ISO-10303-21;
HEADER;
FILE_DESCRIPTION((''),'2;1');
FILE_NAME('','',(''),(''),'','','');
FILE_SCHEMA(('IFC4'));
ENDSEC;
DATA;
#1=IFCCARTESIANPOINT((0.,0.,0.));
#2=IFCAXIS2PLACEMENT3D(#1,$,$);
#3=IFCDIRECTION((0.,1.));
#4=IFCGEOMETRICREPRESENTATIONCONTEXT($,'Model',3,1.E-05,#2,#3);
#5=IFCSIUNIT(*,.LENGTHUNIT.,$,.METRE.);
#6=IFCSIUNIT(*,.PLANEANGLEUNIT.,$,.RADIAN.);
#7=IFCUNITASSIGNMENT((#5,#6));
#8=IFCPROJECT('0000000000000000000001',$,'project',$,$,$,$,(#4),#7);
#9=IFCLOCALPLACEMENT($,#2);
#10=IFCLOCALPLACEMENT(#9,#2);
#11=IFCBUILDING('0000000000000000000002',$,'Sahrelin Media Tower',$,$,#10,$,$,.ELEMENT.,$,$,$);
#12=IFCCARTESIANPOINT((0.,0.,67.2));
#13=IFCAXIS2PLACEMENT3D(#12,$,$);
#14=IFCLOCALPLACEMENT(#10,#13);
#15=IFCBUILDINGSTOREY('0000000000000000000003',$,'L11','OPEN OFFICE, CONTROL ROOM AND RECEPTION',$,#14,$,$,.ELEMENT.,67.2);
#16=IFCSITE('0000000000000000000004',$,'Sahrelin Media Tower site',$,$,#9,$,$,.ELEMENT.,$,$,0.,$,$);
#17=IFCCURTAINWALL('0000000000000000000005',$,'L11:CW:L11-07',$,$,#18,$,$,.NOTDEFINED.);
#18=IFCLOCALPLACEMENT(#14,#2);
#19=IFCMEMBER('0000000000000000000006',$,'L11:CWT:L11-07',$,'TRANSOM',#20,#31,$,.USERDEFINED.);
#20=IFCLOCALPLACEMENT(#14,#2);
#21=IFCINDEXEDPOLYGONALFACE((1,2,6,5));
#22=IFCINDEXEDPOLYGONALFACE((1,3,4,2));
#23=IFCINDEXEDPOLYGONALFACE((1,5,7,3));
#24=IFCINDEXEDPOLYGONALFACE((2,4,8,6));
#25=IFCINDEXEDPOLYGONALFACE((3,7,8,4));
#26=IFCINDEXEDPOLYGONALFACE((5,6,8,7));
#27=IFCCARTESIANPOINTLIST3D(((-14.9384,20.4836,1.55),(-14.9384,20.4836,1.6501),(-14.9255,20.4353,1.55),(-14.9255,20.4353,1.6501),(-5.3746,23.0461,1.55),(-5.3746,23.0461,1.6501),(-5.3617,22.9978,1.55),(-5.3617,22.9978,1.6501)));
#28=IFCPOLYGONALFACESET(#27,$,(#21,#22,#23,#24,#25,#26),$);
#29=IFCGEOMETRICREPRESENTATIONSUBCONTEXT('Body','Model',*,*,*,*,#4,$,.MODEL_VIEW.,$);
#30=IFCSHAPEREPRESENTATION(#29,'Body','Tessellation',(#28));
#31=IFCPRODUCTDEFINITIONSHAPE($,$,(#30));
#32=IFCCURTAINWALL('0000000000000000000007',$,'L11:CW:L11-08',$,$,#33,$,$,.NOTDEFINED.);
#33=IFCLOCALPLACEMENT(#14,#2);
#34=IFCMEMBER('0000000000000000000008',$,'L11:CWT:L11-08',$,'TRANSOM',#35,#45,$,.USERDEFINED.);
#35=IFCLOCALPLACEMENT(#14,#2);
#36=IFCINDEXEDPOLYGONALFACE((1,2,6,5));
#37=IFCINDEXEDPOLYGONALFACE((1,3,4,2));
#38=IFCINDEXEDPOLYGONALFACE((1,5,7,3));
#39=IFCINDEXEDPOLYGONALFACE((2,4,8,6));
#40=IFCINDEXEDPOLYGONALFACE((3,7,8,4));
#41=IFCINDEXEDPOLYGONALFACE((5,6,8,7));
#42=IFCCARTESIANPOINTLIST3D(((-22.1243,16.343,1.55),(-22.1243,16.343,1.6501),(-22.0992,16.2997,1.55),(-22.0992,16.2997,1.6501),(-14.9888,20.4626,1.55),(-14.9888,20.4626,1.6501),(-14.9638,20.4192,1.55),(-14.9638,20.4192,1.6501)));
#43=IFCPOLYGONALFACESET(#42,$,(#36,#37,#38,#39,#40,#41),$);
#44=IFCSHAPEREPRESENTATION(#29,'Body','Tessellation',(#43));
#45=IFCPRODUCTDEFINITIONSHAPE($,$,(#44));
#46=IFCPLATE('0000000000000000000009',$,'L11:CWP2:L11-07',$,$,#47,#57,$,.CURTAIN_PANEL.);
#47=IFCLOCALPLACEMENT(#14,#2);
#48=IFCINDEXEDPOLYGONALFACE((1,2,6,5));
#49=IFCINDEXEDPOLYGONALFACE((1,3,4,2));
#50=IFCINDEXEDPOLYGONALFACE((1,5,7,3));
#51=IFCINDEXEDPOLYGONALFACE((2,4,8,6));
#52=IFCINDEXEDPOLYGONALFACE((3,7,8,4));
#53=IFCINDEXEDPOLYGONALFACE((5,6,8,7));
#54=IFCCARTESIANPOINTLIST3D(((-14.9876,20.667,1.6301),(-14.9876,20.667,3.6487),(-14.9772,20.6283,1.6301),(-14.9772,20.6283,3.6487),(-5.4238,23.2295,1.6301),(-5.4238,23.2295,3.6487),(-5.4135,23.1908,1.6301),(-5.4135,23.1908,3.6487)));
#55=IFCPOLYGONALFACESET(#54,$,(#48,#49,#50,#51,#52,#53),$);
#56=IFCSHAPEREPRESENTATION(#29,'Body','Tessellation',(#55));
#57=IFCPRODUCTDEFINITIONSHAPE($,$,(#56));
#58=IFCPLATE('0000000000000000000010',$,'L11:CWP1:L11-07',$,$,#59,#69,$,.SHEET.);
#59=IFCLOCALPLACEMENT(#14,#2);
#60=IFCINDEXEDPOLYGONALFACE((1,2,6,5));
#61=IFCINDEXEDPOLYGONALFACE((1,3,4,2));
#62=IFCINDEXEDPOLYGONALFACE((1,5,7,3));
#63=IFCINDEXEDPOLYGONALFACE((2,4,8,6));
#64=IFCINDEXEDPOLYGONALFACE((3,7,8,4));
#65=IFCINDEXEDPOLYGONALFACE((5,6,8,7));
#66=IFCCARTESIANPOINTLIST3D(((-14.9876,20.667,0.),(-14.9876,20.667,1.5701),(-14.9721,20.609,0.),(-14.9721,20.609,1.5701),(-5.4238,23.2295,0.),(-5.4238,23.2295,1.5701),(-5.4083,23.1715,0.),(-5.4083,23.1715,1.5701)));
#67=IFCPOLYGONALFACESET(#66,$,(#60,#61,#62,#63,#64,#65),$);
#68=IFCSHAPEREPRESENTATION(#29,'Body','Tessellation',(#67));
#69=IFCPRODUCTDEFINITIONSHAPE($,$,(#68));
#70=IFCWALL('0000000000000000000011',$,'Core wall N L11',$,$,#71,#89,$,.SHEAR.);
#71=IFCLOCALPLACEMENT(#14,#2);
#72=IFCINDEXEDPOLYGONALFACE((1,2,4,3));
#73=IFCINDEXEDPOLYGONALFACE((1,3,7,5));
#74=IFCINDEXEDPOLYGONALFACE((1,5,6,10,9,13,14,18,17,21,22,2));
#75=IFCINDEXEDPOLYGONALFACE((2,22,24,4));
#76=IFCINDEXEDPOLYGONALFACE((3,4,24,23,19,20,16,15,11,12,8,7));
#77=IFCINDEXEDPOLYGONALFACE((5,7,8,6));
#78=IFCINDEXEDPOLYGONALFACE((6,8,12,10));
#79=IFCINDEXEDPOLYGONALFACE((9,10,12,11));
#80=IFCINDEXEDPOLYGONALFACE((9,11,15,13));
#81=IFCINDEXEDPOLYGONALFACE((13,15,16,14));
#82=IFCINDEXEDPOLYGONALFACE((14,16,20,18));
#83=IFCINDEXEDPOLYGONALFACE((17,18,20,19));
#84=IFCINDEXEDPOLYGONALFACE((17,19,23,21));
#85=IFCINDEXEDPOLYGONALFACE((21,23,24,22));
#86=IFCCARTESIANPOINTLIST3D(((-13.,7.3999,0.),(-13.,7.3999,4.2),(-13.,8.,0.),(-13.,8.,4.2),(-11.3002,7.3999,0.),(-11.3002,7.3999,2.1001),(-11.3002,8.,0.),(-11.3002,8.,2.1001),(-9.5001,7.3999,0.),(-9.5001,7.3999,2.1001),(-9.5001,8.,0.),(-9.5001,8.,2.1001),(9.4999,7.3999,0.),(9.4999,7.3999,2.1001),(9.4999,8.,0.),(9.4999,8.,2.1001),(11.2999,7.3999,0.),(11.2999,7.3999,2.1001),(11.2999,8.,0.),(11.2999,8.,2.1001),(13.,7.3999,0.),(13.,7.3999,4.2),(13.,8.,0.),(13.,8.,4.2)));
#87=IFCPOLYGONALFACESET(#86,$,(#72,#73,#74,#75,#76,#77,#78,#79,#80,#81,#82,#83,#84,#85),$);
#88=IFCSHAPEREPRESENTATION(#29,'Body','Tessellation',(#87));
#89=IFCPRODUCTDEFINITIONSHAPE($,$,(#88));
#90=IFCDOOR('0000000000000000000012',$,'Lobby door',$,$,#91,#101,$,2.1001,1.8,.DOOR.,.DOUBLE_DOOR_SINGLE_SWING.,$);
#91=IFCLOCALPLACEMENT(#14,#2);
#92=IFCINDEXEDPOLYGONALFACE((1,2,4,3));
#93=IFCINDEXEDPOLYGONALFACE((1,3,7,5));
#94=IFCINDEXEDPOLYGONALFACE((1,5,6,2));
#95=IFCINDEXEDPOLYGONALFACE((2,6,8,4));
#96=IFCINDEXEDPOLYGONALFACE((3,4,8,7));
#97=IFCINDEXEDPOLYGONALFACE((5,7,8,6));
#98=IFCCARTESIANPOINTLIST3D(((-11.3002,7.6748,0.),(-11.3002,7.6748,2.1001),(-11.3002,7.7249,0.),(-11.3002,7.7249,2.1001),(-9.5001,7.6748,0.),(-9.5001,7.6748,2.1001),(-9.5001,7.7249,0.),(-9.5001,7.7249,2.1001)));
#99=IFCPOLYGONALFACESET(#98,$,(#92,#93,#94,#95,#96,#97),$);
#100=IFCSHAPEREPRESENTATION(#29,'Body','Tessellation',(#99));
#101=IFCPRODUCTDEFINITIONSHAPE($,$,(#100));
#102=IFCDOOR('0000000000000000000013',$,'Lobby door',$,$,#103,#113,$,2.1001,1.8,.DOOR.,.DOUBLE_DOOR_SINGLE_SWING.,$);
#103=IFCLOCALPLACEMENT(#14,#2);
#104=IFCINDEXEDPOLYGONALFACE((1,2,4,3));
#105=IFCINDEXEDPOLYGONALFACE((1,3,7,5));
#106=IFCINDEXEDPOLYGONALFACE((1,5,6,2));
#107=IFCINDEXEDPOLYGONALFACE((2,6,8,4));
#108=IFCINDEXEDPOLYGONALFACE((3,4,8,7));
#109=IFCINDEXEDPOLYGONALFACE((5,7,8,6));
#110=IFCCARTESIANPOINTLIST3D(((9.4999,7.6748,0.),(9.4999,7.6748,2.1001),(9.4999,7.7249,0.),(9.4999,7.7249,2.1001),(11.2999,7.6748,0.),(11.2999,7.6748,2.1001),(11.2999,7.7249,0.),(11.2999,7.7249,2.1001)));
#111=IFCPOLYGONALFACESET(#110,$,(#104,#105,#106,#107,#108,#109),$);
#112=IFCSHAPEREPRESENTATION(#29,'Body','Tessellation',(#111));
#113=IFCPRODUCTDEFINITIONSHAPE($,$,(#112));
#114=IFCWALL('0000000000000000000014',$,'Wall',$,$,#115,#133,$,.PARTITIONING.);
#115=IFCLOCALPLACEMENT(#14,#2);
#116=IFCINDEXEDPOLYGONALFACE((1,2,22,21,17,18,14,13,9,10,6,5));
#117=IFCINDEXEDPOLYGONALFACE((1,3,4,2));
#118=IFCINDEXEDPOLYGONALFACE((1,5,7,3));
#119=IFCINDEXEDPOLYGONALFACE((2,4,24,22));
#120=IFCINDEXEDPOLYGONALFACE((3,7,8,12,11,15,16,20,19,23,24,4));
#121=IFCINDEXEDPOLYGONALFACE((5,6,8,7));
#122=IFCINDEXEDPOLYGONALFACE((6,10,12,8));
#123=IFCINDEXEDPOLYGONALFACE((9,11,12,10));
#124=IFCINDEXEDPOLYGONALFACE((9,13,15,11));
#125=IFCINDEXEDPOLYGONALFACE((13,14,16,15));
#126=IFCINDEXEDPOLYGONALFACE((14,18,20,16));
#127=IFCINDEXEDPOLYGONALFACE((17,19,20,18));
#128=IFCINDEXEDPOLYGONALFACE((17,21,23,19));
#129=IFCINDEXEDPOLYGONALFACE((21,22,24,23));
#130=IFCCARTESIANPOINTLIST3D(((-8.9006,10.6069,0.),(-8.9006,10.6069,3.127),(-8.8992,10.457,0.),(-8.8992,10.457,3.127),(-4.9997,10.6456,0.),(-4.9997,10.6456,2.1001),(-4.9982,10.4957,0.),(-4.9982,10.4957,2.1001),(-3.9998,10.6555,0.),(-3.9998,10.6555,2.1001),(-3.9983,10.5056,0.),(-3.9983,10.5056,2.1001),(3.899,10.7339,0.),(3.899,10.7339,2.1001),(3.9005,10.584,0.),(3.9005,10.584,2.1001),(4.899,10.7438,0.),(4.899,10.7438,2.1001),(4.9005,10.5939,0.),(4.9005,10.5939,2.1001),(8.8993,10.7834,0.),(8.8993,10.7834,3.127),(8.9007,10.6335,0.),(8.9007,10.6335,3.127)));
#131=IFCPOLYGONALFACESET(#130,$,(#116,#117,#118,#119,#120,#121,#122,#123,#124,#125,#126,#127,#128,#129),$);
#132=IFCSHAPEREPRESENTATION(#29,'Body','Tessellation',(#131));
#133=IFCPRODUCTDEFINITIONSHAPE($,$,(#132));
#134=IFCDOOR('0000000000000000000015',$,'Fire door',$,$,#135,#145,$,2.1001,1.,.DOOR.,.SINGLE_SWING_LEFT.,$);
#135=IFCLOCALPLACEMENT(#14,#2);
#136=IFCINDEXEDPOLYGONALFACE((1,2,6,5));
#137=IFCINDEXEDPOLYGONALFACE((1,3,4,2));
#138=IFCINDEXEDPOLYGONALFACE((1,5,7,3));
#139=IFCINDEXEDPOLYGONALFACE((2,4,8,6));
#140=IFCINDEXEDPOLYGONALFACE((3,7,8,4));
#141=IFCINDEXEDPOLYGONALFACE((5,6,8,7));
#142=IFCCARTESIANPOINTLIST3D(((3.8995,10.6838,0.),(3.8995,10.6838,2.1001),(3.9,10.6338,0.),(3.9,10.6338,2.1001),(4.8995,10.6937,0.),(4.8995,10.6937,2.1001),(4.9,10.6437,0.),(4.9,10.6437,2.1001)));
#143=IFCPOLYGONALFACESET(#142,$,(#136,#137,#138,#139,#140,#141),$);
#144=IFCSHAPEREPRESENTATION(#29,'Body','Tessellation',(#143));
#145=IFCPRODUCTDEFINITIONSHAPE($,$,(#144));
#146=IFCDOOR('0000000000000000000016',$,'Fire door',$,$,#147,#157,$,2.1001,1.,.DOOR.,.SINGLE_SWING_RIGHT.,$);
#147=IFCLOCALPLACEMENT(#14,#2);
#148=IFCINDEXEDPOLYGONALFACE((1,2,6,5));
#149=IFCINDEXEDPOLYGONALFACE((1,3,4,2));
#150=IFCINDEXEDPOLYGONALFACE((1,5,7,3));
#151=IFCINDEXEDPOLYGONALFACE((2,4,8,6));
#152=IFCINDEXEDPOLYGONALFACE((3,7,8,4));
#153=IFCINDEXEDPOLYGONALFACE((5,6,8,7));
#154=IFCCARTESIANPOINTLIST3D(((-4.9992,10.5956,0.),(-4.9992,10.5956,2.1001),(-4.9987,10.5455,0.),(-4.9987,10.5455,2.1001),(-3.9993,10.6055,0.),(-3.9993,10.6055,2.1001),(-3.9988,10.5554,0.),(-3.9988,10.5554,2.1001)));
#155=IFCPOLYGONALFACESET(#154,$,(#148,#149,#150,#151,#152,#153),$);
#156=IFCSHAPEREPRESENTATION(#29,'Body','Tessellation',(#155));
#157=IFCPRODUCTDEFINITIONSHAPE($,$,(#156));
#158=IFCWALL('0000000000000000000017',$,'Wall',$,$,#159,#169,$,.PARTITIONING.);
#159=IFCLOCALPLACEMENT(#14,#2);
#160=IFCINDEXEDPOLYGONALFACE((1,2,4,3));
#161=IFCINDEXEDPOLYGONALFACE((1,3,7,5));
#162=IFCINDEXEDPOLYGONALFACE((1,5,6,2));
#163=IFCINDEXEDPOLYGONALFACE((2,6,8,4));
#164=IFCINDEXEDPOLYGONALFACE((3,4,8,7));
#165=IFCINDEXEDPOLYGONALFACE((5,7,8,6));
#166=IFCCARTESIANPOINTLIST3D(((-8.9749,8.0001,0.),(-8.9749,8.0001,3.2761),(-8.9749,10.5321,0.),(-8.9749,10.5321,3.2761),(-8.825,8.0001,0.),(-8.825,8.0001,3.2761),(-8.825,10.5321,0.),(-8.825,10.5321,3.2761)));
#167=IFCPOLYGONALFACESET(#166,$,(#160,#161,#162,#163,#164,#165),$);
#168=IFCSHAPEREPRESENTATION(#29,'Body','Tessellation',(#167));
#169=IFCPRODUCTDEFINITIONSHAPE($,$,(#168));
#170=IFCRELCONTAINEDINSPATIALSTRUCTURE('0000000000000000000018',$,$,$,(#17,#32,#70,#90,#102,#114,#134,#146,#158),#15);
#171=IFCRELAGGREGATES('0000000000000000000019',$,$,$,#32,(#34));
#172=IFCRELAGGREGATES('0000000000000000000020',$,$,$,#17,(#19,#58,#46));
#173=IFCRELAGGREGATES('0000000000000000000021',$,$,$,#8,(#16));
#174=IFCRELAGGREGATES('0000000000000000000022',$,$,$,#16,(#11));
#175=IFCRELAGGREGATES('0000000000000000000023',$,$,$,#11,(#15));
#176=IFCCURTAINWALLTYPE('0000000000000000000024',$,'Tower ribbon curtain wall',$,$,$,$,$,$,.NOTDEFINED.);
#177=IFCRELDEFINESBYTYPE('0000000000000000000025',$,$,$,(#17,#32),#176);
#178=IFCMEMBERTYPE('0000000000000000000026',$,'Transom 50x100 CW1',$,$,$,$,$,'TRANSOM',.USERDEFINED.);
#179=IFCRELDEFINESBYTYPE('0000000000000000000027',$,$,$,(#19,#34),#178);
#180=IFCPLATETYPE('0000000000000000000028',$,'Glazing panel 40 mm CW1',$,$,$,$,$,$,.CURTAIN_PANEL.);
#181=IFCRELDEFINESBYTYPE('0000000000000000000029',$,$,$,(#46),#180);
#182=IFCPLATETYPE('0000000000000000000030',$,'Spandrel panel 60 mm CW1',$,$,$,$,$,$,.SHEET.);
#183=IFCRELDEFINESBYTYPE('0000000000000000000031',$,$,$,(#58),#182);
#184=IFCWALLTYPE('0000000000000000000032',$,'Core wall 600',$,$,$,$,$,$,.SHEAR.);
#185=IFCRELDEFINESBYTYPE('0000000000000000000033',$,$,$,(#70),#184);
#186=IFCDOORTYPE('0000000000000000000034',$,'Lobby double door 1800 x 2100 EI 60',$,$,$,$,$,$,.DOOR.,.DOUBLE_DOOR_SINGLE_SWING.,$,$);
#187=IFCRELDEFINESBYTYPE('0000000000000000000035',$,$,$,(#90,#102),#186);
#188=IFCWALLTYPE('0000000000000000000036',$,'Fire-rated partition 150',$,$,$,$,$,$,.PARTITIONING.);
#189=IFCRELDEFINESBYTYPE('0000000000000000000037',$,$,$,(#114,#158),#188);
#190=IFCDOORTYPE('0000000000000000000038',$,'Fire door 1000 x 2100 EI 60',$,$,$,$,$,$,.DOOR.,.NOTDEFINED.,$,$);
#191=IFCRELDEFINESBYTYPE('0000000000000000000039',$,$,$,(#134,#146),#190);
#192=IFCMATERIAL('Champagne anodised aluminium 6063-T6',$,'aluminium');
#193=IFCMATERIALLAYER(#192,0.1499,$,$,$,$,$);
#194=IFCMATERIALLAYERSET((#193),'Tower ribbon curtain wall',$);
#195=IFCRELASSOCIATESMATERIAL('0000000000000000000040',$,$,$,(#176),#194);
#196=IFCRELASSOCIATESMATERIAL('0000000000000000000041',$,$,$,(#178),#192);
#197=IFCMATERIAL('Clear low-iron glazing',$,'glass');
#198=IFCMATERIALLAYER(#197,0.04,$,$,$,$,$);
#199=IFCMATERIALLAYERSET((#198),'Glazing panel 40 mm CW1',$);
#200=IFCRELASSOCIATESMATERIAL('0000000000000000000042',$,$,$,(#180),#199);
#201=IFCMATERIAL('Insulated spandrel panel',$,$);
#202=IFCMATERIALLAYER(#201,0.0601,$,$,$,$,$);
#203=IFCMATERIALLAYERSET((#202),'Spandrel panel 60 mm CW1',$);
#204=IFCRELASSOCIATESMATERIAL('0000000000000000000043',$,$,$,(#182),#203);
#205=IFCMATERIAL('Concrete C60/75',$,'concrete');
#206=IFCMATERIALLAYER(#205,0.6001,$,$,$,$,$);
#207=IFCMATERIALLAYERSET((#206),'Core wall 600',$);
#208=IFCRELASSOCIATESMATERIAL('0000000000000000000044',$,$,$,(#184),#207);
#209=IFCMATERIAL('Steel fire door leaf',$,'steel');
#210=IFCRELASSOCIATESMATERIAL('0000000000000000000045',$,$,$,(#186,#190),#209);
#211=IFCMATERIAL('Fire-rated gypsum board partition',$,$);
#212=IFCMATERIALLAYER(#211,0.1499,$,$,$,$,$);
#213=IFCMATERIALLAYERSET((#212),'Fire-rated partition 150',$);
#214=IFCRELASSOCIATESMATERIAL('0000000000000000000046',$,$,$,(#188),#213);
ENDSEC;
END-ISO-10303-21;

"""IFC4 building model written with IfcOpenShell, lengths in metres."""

from ifc_helpers import new_model, si_unit, direction, frame, frame_2d, origin, origin_2d, place, context, subcontext, project, spatial, polyline, rectangle, outline, extrude, material, layer, layer_set, material_profile, profile_set, type_object, element, fill, aggregate, save


model = new_model("IFC4")

# Units and contexts
model_context = context("Model", 3, precision=1e-05, world=origin(), true_north=direction((0.0, 1.0)))
body_context = subcontext(model_context, "Body", "Model", "MODEL_VIEW")
ifc_project = project(units=[si_unit("LENGTHUNIT", "METRE"), si_unit("PLANEANGLEUNIT", "RADIAN")], contexts=[model_context])

# Site, building, storey
site_placement = place(None, origin())
site = spatial("IfcSite", under=ifc_project, at=site_placement, Name="Sahrelin Media Tower site", CompositionType="ELEMENT", RefElevation=0.0)
building_placement = place(site_placement, origin())
building = spatial("IfcBuilding", under=site, at=building_placement, Name="Sahrelin Media Tower", CompositionType="ELEMENT")
storey_placement = place(building_placement, frame((0.0, 0.0, 67.2)))
storey = spatial("IfcBuildingStorey", under=building, at=storey_placement, Name="L11", Description="OPEN OFFICE, CONTROL ROOM AND RECEPTION", CompositionType="ELEMENT", Elevation=67.2)

# Curtain wall
ifc_material_1 = material(Name="Champagne anodised aluminium 6063-T6", Category="aluminium")
ifc_layer_1 = layer(ifc_material_1, 0.1499)
ifc_layer_set_1 = layer_set([ifc_layer_1], Name="Tower ribbon curtain wall")
curtain_wall_type = type_object("IfcCurtainWallType", Name="Tower ribbon curtain wall", PredefinedType="NOTDEFINED", material=ifc_layer_set_1)
curtain_wall_1_placement = place(storey_placement, frame((-10.2004, 21.929, 0.0), z_axis=(0.0, 0.0, 1.0), x_axis=(1.0, 0.0, 0.0)))
curtain_wall_1 = element("IfcCurtainWall", 1, at=curtain_wall_1_placement, inside=storey, type_object=curtain_wall_type, Name="L11:CW:L11-07", PredefinedType="NOTDEFINED")

# Member
ifc_material_profile_1 = material_profile(ifc_material_1, rectangle(XDim=0.05, YDim=0.1001, at=origin_2d()), Name="Transom 50x100")
ifc_profile_set_1 = profile_set([ifc_material_profile_1], Name="Champagne anodised aluminium 6063-T6")
member_type_1 = type_object("IfcMemberType", Name="Transom 50x100 CW1", ElementType="TRANSOM", PredefinedType="USERDEFINED", material=ifc_profile_set_1)
member_1_placement = place(storey_placement, frame((-5.3682, 23.022, 1.6001), z_axis=(-0.965928, -0.25881, 0.0), x_axis=(0.25881, -0.965928, 0.0)))
member_1 = element("IfcMember", 2, at=member_1_placement, type_object=member_type_1, Name="L11:CWT:L11-07", ObjectType="TRANSOM", PredefinedType="USERDEFINED", context=body_context, shape_type="SweptSolid", body=[
    extrude(rectangle(XDim=0.05, YDim=0.1001, at=origin_2d()), origin(), (0.0, 0.0, 1.0), 9.9011),
])

# Curtain wall, member
curtain_wall_2_placement = place(storey_placement, frame((-18.6416, 18.5498, 0.0), z_axis=(0.0, 0.0, 1.0), x_axis=(1.0, 0.0, 0.0)))
curtain_wall_2 = element("IfcCurtainWall", 3, at=curtain_wall_2_placement, inside=storey, type_object=curtain_wall_type, Name="L11:CW:L11-08", PredefinedType="NOTDEFINED")
member_2_placement = place(storey_placement, frame((-14.9763, 20.4409, 1.6001), z_axis=(-0.866028, -0.499995, 0.0), x_axis=(0.499995, -0.866028, 0.0)))
member_2 = element("IfcMember", 4, at=member_2_placement, type_object=member_type_1, Name="L11:CWT:L11-08", ObjectType="TRANSOM", PredefinedType="USERDEFINED", context=body_context, shape_type="SweptSolid", body=[
    extrude(rectangle(XDim=0.05, YDim=0.1001, at=origin_2d()), origin(), (0.0, 0.0, 1.0), 8.2393),
])
aggregate(curtain_wall_2, [member_2])

# Plates
ifc_material_2 = material(Name="Clear low-iron glazing", Category="glass")
ifc_layer_2 = layer(ifc_material_2, 0.04)
ifc_layer_set_2 = layer_set([ifc_layer_2], Name="Glazing panel 40 mm CW1")
plate_type_1 = type_object("IfcPlateType", Name="Glazing panel 40 mm CW1", PredefinedType="CURTAIN_PANEL", material=ifc_layer_set_2)
plate_1_placement = place(storey_placement, frame((-5.4238, 23.2295, 1.6301), z_axis=(-0.25881, 0.965928, 0.0), x_axis=(-0.965928, -0.25881, 0.0)))
plate_1 = element("IfcPlate", 5, at=plate_1_placement, type_object=plate_type_1, Name="L11:CWP2:L11-07", PredefinedType="CURTAIN_PANEL", context=body_context, shape_type="SweptSolid", body=[
    extrude(outline(polyline([(0.0, 0.0), (9.9011, 0.0), (9.9011, 2.0186), (0.0, 2.0186), (0.0, 0.0)])), origin(), (0.0, 0.0, -1.0), 0.04),
])
ifc_material_3 = material(Name="Insulated spandrel panel")
ifc_layer_3 = layer(ifc_material_3, 0.0601)
ifc_layer_set_3 = layer_set([ifc_layer_3], Name="Spandrel panel 60 mm CW1")
plate_type_2 = type_object("IfcPlateType", Name="Spandrel panel 60 mm CW1", PredefinedType="SHEET", material=ifc_layer_set_3)
plate_2_placement = place(storey_placement, frame((-5.4238, 23.2295, 0.0), z_axis=(-0.25881, 0.965928, 0.0), x_axis=(-0.965928, -0.25881, 0.0)))
plate_2 = element("IfcPlate", 6, at=plate_2_placement, type_object=plate_type_2, Name="L11:CWP1:L11-07", PredefinedType="SHEET", context=body_context, shape_type="SweptSolid", body=[
    extrude(outline(polyline([(0.0, 0.0), (9.9011, 0.0), (9.9011, 1.5701), (0.0, 1.5701), (0.0, 0.0)])), origin(), (0.0, 0.0, -1.0), 0.0601),
])
aggregate(curtain_wall_1, [member_1, plate_2, plate_1])

# Walls, openings, doors
ifc_material_4 = material(Name="Concrete C60/75", Category="concrete")
ifc_layer_4 = layer(ifc_material_4, 0.6001)
ifc_layer_set_4 = layer_set([ifc_layer_4], Name="Core wall 600")
wall_type_1 = type_object("IfcWallType", Name="Core wall 600", PredefinedType="SHEAR", material=ifc_layer_set_4)
wall_1_placement = place(storey_placement, frame((-13.0, 7.7, 0.0), z_axis=(0.0, 0.0, 1.0), x_axis=(1.0, 0.0, 0.0)))
wall_1 = element("IfcWall", 7, at=wall_1_placement, inside=storey, type_object=wall_type_1, Name="Core wall N L11", PredefinedType="SHEAR", context=body_context, shape_type="SweptSolid", body=[
    extrude(rectangle(XDim=26.0, YDim=0.6001, at=frame_2d((13.0, 0.0))), origin(), (0.0, 0.0, 1.0), 4.2),
])
opening_1_placement = place(wall_1_placement, frame((1.7, 0.0, 0.0)))
opening_1 = element("IfcOpeningElement", 8, at=opening_1_placement, cuts=wall_1, PredefinedType="OPENING", context=body_context, shape_type="SweptSolid", body=[
    extrude(rectangle(XDim=1.8, YDim=2.1001, at=frame_2d((0.8999, 1.05))), frame((0.0, 0.3, 0.0), z_axis=(0.0, -1.0, 0.0), x_axis=(1.0, 0.0, 0.0)), (0.0, 0.0, 1.0), 0.6001),
])
opening_2_placement = place(wall_1_placement, frame((22.5, 0.0, 0.0)))
opening_2 = element("IfcOpeningElement", 9, at=opening_2_placement, cuts=wall_1, PredefinedType="OPENING", context=body_context, shape_type="SweptSolid", body=[
    extrude(rectangle(XDim=1.8, YDim=2.1001, at=frame_2d((0.8999, 1.05))), frame((0.0, 0.3, 0.0), z_axis=(0.0, -1.0, 0.0), x_axis=(1.0, 0.0, 0.0)), (0.0, 0.0, 1.0), 0.6001),
])
ifc_material_5 = material(Name="Steel fire door leaf", Category="steel")
door_type_1 = type_object("IfcDoorType", Name="Lobby double door 1800 x 2100 EI 60", OperationType="DOUBLE_DOOR_SINGLE_SWING", PredefinedType="DOOR", material=ifc_material_5)
door_1_placement = place(opening_1_placement, origin())
door_1 = element("IfcDoor", 10, at=door_1_placement, inside=storey, type_object=door_type_1, Name="Lobby door", OperationType="DOUBLE_DOOR_SINGLE_SWING", OverallHeight=2.1001, OverallWidth=1.8, PredefinedType="DOOR", context=body_context, shape_type="SweptSolid", body=[
    extrude(rectangle(XDim=1.8, YDim=2.1001, at=frame_2d((0.8999, 1.05))), frame((0.0, 0.0249, 0.0), z_axis=(0.0, -1.0, 0.0), x_axis=(1.0, 0.0, 0.0)), (0.0, 0.0, 1.0), 0.05),
])
fill(opening_1, door_1)
door_2_placement = place(opening_2_placement, origin())
door_2 = element("IfcDoor", 11, at=door_2_placement, inside=storey, type_object=door_type_1, Name="Lobby door", OperationType="DOUBLE_DOOR_SINGLE_SWING", OverallHeight=2.1001, OverallWidth=1.8, PredefinedType="DOOR", context=body_context, shape_type="SweptSolid", body=[
    extrude(rectangle(XDim=1.8, YDim=2.1001, at=frame_2d((0.8999, 1.05))), frame((0.0, 0.0249, 0.0), z_axis=(0.0, -1.0, 0.0), x_axis=(1.0, 0.0, 0.0)), (0.0, 0.0, 1.0), 0.05),
])
fill(opening_2, door_2)
ifc_material_6 = material(Name="Fire-rated gypsum board partition")
ifc_layer_5 = layer(ifc_material_6, 0.1499)
ifc_layer_set_5 = layer_set([ifc_layer_5], Name="Fire-rated partition 150")
wall_type_2 = type_object("IfcWallType", Name="Fire-rated partition 150", PredefinedType="PARTITIONING", material=ifc_layer_set_5)
wall_2_placement = place(storey_placement, frame((-8.8999, 10.532, 0.0), z_axis=(0.0, 0.0, 1.0), x_axis=(0.999951, 0.009916, 0.0)))
wall_2 = element("IfcWall", 12, at=wall_2_placement, inside=storey, type_object=wall_type_2, Name="Wall", PredefinedType="PARTITIONING", context=body_context, shape_type="SweptSolid", body=[
    extrude(rectangle(XDim=17.8008, YDim=0.1499, at=frame_2d((8.9004, 0.0))), origin(), (0.0, 0.0, 1.0), 3.127),
])
opening_3_placement = place(wall_2_placement, frame((12.8003, 0.0, 0.0)))
opening_3 = element("IfcOpeningElement", 13, at=opening_3_placement, cuts=wall_2, PredefinedType="OPENING", context=body_context, shape_type="SweptSolid", body=[
    extrude(rectangle(XDim=1.0, YDim=2.1001, at=frame_2d((0.5, 1.05))), frame((0.0, 0.075, 0.0), z_axis=(0.0, -1.0, 0.0), x_axis=(1.0, 0.0, 0.0)), (0.0, 0.0, 1.0), 0.1499),
])
opening_4_placement = place(wall_2_placement, frame((3.9011, 0.0, 0.0)))
opening_4 = element("IfcOpeningElement", 14, at=opening_4_placement, cuts=wall_2, PredefinedType="OPENING", context=body_context, shape_type="SweptSolid", body=[
    extrude(rectangle(XDim=1.0, YDim=2.1001, at=frame_2d((0.5, 1.05))), frame((0.0, 0.075, 0.0), z_axis=(0.0, -1.0, 0.0), x_axis=(1.0, 0.0, 0.0)), (0.0, 0.0, 1.0), 0.1499),
])
door_type_2 = type_object("IfcDoorType", Name="Fire door 1000 x 2100 EI 60", OperationType="NOTDEFINED", PredefinedType="DOOR", material=ifc_material_5)
door_3_placement = place(opening_3_placement, origin())
door_3 = element("IfcDoor", 15, at=door_3_placement, inside=storey, type_object=door_type_2, Name="Fire door", OperationType="SINGLE_SWING_LEFT", OverallHeight=2.1001, OverallWidth=1.0, PredefinedType="DOOR", context=body_context, shape_type="SweptSolid", body=[
    extrude(rectangle(XDim=1.0, YDim=2.1001, at=frame_2d((0.5, 1.05))), frame((0.0, 0.0249, 0.0), z_axis=(0.0, -1.0, 0.0), x_axis=(1.0, 0.0, 0.0)), (0.0, 0.0, 1.0), 0.05),
])
fill(opening_3, door_3)
door_4_placement = place(opening_4_placement, origin())
door_4 = element("IfcDoor", 16, at=door_4_placement, inside=storey, type_object=door_type_2, Name="Fire door", OperationType="SINGLE_SWING_RIGHT", OverallHeight=2.1001, OverallWidth=1.0, PredefinedType="DOOR", context=body_context, shape_type="SweptSolid", body=[
    extrude(rectangle(XDim=1.0, YDim=2.1001, at=frame_2d((0.5, 1.05))), frame((0.0, 0.0249, 0.0), z_axis=(0.0, -1.0, 0.0), x_axis=(1.0, 0.0, 0.0)), (0.0, 0.0, 1.0), 0.05),
])
fill(opening_4, door_4)

# Wall
wall_3_placement = place(storey_placement, frame((-8.8999, 8.0, 0.0), z_axis=(0.0, 0.0, 1.0), x_axis=(0.0, 1.0, 0.0)))
element("IfcWall", 17, at=wall_3_placement, inside=storey, type_object=wall_type_2, Name="Wall", PredefinedType="PARTITIONING", context=body_context, shape_type="SweptSolid", body=[
    extrude(rectangle(XDim=2.532, YDim=0.1499, at=frame_2d((1.2661, 0.0))), origin(), (0.0, 0.0, 1.0), 3.2761),
])

save(model, "model.ifc")
